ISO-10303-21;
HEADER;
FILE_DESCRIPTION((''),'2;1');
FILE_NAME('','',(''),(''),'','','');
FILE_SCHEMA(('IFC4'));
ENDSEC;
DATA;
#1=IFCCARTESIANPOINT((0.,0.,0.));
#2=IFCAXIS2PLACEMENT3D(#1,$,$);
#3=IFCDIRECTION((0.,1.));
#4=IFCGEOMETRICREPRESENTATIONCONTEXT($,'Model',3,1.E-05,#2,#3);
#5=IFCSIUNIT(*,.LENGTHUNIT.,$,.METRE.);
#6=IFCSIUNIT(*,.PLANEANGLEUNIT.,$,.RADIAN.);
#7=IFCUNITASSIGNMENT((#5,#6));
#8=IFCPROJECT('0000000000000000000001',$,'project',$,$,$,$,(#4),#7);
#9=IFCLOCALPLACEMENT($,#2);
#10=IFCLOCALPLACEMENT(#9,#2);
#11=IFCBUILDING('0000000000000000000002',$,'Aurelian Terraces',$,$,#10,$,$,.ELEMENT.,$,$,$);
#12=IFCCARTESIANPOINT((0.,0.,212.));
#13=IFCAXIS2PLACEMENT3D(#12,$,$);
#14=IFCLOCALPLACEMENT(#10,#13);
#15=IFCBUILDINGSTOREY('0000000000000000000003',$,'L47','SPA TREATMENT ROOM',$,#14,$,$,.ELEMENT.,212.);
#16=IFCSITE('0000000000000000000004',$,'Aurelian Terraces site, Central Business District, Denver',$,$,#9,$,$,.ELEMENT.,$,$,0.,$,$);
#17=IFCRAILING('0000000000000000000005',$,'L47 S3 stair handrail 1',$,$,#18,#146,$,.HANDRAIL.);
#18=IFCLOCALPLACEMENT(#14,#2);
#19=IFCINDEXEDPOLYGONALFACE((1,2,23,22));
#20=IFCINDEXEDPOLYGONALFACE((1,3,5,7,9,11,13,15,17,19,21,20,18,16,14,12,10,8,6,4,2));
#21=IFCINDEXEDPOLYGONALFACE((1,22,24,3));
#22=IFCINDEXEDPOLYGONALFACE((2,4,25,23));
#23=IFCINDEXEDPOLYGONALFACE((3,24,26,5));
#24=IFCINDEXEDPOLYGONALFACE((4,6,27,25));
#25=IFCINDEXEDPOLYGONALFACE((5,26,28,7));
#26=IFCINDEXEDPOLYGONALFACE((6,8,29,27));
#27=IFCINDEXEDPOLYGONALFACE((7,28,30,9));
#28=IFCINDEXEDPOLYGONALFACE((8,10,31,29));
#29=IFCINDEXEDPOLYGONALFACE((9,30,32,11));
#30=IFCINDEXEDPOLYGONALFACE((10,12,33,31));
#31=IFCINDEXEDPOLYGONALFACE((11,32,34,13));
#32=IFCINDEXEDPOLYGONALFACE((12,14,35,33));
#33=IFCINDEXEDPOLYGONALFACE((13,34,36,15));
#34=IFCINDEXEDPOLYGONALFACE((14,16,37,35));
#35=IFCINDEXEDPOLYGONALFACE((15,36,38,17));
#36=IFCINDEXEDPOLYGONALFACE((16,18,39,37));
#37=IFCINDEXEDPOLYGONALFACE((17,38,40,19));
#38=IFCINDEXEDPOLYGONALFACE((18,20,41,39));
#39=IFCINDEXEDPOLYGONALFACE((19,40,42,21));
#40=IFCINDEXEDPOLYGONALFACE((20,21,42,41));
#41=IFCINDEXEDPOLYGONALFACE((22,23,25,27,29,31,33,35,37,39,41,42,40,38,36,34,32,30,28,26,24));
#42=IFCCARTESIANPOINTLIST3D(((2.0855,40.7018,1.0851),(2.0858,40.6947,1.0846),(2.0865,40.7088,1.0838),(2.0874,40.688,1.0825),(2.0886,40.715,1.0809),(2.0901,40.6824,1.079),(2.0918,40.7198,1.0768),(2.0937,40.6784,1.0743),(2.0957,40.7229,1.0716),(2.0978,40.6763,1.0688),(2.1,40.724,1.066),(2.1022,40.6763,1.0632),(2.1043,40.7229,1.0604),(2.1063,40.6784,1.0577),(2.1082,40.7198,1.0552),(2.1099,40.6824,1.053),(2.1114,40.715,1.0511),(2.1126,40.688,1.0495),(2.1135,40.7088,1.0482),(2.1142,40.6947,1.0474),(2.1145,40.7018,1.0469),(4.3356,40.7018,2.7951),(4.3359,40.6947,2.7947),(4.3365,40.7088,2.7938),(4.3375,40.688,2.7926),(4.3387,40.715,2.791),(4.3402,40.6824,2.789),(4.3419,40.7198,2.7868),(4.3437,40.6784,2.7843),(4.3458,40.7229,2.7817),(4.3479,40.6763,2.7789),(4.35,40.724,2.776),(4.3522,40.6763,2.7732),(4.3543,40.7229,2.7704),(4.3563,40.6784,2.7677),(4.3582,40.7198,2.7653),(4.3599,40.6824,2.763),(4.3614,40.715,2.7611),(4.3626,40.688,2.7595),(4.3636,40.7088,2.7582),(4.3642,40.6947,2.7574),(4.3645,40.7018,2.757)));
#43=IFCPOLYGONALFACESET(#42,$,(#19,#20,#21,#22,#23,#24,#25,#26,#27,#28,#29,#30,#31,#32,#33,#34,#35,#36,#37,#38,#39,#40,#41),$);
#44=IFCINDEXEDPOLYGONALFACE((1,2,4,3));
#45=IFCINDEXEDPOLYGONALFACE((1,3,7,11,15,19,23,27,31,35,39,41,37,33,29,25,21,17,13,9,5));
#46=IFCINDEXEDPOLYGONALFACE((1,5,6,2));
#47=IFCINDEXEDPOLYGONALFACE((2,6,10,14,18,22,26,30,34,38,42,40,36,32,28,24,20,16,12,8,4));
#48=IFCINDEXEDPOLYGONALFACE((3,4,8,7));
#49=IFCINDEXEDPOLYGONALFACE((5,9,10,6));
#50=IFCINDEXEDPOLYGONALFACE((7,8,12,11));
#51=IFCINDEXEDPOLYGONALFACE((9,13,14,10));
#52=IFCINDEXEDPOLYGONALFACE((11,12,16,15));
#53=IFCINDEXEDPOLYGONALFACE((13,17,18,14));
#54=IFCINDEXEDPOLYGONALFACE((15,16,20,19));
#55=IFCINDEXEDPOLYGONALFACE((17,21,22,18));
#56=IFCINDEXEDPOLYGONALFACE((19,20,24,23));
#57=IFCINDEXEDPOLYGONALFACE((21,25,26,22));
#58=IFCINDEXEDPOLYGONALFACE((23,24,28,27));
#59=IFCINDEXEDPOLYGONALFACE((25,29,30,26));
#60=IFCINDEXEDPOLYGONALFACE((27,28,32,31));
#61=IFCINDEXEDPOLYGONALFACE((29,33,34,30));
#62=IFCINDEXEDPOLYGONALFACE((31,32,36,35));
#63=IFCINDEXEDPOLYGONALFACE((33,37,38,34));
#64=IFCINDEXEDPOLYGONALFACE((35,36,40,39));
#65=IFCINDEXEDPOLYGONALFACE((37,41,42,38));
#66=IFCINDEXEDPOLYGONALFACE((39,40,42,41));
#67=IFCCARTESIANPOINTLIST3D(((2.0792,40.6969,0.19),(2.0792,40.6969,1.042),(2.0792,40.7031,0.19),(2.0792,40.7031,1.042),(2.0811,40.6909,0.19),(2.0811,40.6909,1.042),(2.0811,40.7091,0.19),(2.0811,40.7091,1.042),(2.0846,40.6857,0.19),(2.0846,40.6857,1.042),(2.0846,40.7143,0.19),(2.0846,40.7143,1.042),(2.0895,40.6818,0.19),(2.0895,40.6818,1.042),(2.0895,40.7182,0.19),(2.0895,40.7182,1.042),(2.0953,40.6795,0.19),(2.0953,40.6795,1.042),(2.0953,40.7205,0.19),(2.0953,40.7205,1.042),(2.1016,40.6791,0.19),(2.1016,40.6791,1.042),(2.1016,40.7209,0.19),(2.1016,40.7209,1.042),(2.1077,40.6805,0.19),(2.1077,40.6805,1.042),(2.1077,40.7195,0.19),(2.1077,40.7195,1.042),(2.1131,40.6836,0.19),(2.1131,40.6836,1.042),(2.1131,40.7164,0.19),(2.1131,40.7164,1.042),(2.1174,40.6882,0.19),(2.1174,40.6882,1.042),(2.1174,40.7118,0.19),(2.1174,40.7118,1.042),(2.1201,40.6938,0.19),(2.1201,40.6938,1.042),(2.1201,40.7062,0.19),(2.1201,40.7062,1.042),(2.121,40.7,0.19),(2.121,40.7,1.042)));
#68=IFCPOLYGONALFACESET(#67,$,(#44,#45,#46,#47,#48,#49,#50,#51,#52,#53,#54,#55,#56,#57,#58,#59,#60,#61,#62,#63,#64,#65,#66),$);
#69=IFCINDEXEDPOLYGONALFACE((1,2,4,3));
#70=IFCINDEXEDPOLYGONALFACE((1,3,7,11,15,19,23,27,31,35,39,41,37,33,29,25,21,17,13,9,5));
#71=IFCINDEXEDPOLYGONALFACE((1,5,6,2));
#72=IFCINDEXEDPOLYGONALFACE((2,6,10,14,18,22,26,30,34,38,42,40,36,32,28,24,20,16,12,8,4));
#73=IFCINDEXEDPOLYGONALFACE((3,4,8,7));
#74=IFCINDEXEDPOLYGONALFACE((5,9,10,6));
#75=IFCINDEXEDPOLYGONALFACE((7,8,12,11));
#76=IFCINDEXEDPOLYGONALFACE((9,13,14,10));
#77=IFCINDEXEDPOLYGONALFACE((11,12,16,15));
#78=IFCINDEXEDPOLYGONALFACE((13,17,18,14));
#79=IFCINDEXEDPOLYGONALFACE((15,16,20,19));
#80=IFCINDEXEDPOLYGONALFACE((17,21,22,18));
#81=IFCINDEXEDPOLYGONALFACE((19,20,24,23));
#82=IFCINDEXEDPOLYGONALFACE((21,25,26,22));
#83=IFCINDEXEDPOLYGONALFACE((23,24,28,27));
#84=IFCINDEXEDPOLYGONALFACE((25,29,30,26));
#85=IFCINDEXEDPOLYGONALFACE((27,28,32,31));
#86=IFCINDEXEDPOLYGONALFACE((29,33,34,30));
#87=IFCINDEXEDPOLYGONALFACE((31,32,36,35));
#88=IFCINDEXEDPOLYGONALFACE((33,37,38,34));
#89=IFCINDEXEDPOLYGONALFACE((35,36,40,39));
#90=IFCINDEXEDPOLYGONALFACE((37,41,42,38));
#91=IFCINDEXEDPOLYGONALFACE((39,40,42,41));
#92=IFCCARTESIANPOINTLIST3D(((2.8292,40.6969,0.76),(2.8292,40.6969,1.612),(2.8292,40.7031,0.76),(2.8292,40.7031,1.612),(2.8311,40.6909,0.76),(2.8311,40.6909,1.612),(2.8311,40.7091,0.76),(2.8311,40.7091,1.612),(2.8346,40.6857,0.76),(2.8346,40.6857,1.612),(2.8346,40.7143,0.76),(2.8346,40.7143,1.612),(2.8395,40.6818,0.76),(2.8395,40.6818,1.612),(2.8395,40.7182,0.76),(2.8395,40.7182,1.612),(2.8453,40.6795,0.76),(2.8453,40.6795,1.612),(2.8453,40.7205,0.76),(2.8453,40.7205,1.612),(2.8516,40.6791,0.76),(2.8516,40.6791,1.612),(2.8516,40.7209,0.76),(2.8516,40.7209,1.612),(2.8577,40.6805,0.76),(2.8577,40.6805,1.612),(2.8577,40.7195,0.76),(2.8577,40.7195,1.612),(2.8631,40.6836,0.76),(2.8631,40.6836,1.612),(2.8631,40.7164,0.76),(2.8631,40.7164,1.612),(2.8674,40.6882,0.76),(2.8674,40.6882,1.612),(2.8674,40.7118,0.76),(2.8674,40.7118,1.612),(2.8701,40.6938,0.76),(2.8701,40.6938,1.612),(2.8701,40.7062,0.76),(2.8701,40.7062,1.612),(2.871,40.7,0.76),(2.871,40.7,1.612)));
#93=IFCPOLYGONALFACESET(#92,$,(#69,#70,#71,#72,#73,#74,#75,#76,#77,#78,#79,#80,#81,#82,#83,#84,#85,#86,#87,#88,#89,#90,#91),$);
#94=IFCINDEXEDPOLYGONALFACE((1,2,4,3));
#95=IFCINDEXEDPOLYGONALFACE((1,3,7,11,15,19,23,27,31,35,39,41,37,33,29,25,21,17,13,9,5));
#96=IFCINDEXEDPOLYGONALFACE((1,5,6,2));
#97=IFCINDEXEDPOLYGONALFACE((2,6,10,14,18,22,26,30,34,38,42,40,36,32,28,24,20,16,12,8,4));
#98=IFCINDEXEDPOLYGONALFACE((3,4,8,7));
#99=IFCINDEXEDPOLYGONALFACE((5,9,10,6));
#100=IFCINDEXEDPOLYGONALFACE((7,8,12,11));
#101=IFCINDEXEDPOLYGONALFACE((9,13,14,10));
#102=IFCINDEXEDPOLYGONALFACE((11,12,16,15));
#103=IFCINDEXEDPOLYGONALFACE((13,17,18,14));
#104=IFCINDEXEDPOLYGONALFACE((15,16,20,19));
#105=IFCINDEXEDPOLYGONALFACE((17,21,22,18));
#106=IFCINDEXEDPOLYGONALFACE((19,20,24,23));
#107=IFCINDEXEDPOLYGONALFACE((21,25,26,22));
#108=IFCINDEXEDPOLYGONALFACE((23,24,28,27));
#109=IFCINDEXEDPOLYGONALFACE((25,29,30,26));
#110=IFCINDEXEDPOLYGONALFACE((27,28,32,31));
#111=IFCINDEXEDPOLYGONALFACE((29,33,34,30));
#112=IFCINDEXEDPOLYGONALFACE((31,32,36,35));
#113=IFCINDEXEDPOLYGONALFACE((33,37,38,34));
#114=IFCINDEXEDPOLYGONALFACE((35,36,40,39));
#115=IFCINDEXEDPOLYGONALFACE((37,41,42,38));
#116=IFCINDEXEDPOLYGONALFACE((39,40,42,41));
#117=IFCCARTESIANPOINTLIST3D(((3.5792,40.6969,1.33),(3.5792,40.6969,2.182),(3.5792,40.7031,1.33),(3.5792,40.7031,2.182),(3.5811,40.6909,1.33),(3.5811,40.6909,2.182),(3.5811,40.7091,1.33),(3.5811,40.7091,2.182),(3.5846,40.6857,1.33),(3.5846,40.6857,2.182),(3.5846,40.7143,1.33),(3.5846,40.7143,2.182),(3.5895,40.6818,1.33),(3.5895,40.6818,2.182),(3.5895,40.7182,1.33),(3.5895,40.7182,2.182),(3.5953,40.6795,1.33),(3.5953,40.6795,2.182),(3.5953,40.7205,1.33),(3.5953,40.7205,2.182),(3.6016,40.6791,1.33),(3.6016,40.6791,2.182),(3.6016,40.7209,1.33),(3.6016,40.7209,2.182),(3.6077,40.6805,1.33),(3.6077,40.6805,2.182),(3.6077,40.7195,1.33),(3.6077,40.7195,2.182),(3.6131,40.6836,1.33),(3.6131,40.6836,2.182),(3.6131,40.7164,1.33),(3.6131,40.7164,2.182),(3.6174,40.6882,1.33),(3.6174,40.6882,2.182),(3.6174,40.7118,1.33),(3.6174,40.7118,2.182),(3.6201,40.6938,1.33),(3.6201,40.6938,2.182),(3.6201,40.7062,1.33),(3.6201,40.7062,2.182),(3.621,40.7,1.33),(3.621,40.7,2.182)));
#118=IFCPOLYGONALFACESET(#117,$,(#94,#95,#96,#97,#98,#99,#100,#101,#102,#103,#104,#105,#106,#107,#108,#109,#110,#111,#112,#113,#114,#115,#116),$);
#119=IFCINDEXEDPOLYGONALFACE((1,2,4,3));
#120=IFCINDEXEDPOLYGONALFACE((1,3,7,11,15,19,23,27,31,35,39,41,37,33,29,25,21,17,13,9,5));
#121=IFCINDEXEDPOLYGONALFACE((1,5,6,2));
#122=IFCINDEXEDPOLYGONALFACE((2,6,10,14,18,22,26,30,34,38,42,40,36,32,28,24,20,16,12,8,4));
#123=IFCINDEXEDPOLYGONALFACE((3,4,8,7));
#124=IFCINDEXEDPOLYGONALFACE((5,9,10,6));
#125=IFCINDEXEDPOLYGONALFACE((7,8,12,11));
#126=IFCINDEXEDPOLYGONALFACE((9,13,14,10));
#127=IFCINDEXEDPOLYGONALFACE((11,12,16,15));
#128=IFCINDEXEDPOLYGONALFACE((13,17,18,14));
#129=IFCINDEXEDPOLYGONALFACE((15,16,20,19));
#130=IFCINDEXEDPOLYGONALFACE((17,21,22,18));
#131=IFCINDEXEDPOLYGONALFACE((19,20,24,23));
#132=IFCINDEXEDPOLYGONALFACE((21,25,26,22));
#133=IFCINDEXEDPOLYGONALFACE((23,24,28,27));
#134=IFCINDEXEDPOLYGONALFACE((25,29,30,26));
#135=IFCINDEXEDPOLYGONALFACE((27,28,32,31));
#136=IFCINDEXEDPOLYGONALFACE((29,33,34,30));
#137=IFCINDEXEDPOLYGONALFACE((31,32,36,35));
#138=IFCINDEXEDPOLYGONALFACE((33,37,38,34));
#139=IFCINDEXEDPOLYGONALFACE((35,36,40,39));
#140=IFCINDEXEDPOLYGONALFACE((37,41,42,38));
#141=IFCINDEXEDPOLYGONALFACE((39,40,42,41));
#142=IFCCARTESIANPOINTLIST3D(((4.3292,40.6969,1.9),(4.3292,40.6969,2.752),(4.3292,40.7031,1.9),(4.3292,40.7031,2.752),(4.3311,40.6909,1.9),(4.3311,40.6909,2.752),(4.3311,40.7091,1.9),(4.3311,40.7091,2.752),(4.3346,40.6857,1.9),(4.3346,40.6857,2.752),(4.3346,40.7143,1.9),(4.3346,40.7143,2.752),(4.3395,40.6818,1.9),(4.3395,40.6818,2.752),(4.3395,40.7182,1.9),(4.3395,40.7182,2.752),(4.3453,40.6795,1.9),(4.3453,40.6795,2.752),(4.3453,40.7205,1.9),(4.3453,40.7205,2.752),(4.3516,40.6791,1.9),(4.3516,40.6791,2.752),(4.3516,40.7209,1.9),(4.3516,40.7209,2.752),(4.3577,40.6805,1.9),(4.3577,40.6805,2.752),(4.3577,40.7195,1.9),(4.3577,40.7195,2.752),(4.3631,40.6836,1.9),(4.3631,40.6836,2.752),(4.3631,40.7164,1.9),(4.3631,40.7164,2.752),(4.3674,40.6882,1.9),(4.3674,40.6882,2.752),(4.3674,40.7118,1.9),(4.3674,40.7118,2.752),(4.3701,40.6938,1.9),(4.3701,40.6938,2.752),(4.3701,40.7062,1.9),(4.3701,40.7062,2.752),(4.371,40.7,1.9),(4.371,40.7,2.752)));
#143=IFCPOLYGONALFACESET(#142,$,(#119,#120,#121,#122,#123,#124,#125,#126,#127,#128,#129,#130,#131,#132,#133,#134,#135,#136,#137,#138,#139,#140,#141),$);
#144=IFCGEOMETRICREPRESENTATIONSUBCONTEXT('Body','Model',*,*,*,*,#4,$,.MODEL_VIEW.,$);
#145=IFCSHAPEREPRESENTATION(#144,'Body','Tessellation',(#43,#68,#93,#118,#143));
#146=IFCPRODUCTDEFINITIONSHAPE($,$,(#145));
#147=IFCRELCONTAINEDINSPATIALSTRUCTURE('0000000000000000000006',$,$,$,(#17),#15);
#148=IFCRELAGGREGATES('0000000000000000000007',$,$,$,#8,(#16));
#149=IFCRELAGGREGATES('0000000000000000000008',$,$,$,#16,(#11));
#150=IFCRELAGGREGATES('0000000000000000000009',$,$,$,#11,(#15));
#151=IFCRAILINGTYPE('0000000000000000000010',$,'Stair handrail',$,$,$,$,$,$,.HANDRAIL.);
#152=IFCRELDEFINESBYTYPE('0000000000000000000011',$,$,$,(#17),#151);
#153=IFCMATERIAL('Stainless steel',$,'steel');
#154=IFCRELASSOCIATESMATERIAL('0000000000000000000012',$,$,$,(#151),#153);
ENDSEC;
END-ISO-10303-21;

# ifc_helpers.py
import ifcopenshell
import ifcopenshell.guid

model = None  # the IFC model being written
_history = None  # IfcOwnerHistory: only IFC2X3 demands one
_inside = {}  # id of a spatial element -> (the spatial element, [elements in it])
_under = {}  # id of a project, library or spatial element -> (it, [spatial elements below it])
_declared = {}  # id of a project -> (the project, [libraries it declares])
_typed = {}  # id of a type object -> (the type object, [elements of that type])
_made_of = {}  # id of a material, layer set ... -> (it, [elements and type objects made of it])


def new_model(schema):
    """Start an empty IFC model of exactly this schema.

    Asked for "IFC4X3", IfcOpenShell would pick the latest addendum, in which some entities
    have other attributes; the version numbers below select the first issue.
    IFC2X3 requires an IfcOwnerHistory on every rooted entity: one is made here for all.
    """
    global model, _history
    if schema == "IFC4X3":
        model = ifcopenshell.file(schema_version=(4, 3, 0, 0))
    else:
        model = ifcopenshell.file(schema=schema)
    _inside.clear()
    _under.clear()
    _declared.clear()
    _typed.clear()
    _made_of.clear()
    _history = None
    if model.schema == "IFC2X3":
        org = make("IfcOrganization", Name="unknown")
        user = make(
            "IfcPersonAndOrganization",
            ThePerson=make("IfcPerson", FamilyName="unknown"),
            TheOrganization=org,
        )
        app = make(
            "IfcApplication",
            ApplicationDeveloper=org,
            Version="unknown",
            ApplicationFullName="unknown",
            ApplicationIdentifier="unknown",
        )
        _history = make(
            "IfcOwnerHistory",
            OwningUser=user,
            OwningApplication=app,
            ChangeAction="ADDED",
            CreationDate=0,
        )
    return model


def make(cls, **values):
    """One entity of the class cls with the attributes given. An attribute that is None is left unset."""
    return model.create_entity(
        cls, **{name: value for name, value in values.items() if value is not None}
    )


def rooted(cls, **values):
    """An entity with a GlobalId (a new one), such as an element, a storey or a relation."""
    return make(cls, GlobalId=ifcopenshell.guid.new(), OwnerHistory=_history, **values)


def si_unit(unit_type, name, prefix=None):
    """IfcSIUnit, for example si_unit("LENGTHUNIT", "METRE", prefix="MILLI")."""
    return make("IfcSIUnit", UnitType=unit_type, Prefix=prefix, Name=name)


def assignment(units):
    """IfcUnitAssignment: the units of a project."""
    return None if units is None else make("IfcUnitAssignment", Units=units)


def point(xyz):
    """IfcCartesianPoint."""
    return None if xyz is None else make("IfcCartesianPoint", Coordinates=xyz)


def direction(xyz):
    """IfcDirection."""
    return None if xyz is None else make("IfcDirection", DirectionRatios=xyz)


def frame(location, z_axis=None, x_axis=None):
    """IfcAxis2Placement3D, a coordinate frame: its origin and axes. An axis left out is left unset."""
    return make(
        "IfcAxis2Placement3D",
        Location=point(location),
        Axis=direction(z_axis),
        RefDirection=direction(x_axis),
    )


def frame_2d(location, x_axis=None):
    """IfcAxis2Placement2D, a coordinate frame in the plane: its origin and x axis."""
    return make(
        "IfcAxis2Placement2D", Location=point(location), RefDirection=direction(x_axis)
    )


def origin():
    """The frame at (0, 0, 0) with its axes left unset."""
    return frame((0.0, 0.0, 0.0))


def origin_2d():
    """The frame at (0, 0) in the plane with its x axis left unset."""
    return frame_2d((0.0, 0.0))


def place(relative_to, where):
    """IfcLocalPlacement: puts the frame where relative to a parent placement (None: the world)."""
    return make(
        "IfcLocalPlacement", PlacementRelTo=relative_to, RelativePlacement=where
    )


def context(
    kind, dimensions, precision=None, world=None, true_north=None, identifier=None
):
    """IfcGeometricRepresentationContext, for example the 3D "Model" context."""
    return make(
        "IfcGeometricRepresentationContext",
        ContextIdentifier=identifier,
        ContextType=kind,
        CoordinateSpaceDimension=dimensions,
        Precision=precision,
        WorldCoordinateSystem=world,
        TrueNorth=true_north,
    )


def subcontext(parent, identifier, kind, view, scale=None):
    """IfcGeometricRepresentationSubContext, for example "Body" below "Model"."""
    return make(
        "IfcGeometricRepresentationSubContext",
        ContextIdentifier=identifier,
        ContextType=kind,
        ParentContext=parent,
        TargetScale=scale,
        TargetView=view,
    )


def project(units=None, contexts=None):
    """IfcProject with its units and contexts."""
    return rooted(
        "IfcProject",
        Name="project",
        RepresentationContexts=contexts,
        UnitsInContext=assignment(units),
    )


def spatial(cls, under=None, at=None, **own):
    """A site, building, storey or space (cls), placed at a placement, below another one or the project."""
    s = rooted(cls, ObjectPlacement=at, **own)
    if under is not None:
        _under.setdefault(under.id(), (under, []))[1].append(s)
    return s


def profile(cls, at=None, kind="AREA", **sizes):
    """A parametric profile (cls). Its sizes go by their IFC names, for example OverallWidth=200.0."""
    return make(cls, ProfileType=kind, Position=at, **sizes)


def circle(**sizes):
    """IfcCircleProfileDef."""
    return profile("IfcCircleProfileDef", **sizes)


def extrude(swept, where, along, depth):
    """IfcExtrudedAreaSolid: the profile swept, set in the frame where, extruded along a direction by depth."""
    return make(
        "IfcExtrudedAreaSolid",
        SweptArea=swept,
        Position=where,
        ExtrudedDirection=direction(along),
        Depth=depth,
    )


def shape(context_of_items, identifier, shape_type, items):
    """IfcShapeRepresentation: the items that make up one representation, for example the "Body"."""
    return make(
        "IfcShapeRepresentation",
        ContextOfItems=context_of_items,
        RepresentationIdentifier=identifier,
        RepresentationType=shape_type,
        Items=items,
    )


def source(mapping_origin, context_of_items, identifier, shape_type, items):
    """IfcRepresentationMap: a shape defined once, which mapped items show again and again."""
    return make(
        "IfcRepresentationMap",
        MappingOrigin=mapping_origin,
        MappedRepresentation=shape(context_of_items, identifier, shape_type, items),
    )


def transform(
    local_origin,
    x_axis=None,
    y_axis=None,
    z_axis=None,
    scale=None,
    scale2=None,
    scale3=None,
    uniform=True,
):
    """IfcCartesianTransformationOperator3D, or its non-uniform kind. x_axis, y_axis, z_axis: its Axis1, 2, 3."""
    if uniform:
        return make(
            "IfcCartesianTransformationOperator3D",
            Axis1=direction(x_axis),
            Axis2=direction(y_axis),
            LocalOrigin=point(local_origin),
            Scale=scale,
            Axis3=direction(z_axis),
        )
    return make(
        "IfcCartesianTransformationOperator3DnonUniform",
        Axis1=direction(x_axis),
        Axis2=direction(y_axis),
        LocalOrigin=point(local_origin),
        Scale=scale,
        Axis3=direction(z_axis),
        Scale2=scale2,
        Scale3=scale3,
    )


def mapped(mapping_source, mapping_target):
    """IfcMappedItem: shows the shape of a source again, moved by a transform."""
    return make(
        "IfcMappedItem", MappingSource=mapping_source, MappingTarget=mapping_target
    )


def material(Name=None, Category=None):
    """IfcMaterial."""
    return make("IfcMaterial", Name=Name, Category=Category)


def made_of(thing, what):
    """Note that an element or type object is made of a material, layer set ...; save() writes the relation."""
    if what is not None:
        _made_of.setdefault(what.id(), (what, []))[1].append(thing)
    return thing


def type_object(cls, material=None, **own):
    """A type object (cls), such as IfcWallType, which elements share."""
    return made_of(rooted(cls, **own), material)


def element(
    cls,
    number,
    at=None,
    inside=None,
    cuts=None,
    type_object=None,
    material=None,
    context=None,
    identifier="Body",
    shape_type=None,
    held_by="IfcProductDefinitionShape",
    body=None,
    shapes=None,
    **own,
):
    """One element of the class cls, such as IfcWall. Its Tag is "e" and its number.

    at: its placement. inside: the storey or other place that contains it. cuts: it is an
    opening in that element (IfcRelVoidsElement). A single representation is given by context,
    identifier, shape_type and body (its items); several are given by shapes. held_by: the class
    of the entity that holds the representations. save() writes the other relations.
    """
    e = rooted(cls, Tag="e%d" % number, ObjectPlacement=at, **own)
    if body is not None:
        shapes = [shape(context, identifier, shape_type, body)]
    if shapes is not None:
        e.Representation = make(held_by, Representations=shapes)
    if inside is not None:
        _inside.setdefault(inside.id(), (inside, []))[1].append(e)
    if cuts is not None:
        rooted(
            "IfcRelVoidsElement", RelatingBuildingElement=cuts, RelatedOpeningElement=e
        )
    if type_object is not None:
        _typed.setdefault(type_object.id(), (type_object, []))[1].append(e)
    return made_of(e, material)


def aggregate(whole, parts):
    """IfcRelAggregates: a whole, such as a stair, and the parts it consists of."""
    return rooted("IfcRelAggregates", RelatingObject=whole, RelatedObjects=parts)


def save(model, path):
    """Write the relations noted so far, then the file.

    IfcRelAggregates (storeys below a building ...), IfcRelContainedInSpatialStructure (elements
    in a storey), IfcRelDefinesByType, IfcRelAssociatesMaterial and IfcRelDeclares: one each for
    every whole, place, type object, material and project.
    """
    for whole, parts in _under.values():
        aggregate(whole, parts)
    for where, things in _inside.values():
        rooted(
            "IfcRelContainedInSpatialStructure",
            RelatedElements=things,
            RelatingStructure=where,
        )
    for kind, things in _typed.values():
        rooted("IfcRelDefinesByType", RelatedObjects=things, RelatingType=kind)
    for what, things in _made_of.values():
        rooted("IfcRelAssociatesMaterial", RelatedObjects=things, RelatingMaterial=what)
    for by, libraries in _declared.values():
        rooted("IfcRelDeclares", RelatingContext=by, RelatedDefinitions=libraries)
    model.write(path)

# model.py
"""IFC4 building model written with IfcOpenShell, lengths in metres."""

from ifc_helpers import new_model, si_unit, direction, frame, origin, origin_2d, place, context, subcontext, project, spatial, circle, extrude, source, transform, mapped, material, type_object, element, save


model = new_model("IFC4")

# Units and contexts
model_context = context("Model", 3, precision=1e-05, world=origin(), true_north=direction((0.0, 1.0)))
body_context = subcontext(model_context, "Body", "Model", "MODEL_VIEW")
ifc_project = project(units=[si_unit("LENGTHUNIT", "METRE"), si_unit("PLANEANGLEUNIT", "RADIAN")], contexts=[model_context])

# Site, building, storey
site_placement = place(None, origin())
site = spatial("IfcSite", under=ifc_project, at=site_placement, Name="Aurelian Terraces site, Central Business District, Denver", CompositionType="ELEMENT", RefElevation=0.0)
building_placement = place(site_placement, origin())
building = spatial("IfcBuilding", under=site, at=building_placement, Name="Aurelian Terraces", CompositionType="ELEMENT")
storey_placement = place(building_placement, frame((0.0, 0.0, 212.0)))
storey = spatial("IfcBuildingStorey", under=building, at=storey_placement, Name="L47", Description="SPA TREATMENT ROOM", CompositionType="ELEMENT", Elevation=212.0)

# Railing
ifc_material_1 = material(Name="Stainless steel", Category="steel")
railing_type_1 = type_object("IfcRailingType", Name="Stair handrail", PredefinedType="HANDRAIL", material=ifc_material_1)
shared_shape_1 = source(origin(), body_context, "Body", "SweptSolid", [
    extrude(circle(Radius=0.024, at=origin_2d()), frame((0.0, 0.0, 0.876), z_axis=(0.796162, 0.0, 0.605083), x_axis=(0.0, 1.0, 0.0)), (0.0, 0.0, 1.0), 2.8261),
    extrude(circle(Radius=0.021, at=origin_2d()), origin(), (0.0, 0.0, 1.0), 0.852),
    extrude(circle(Radius=0.021, at=origin_2d()), frame((0.75, 0.0, 0.57)), (0.0, 0.0, 1.0), 0.852),
    extrude(circle(Radius=0.021, at=origin_2d()), frame((1.5, 0.0, 1.14)), (0.0, 0.0, 1.0), 0.852),
    extrude(circle(Radius=0.021, at=origin_2d()), frame((2.25, 0.0, 1.71)), (0.0, 0.0, 1.0), 0.852),
])
railing_1_placement = place(storey_placement, frame((2.1, 40.7, 0.19)))
element("IfcRailing", 1, at=railing_1_placement, inside=storey, type_object=railing_type_1, Name="L47 S3 stair handrail 1", PredefinedType="HANDRAIL", context=body_context, shape_type="MappedRepresentation", body=[
    mapped(shared_shape_1, transform((0.0, 0.0, 0.0), scale=1.0)),
])

save(model, "model.ifc")
